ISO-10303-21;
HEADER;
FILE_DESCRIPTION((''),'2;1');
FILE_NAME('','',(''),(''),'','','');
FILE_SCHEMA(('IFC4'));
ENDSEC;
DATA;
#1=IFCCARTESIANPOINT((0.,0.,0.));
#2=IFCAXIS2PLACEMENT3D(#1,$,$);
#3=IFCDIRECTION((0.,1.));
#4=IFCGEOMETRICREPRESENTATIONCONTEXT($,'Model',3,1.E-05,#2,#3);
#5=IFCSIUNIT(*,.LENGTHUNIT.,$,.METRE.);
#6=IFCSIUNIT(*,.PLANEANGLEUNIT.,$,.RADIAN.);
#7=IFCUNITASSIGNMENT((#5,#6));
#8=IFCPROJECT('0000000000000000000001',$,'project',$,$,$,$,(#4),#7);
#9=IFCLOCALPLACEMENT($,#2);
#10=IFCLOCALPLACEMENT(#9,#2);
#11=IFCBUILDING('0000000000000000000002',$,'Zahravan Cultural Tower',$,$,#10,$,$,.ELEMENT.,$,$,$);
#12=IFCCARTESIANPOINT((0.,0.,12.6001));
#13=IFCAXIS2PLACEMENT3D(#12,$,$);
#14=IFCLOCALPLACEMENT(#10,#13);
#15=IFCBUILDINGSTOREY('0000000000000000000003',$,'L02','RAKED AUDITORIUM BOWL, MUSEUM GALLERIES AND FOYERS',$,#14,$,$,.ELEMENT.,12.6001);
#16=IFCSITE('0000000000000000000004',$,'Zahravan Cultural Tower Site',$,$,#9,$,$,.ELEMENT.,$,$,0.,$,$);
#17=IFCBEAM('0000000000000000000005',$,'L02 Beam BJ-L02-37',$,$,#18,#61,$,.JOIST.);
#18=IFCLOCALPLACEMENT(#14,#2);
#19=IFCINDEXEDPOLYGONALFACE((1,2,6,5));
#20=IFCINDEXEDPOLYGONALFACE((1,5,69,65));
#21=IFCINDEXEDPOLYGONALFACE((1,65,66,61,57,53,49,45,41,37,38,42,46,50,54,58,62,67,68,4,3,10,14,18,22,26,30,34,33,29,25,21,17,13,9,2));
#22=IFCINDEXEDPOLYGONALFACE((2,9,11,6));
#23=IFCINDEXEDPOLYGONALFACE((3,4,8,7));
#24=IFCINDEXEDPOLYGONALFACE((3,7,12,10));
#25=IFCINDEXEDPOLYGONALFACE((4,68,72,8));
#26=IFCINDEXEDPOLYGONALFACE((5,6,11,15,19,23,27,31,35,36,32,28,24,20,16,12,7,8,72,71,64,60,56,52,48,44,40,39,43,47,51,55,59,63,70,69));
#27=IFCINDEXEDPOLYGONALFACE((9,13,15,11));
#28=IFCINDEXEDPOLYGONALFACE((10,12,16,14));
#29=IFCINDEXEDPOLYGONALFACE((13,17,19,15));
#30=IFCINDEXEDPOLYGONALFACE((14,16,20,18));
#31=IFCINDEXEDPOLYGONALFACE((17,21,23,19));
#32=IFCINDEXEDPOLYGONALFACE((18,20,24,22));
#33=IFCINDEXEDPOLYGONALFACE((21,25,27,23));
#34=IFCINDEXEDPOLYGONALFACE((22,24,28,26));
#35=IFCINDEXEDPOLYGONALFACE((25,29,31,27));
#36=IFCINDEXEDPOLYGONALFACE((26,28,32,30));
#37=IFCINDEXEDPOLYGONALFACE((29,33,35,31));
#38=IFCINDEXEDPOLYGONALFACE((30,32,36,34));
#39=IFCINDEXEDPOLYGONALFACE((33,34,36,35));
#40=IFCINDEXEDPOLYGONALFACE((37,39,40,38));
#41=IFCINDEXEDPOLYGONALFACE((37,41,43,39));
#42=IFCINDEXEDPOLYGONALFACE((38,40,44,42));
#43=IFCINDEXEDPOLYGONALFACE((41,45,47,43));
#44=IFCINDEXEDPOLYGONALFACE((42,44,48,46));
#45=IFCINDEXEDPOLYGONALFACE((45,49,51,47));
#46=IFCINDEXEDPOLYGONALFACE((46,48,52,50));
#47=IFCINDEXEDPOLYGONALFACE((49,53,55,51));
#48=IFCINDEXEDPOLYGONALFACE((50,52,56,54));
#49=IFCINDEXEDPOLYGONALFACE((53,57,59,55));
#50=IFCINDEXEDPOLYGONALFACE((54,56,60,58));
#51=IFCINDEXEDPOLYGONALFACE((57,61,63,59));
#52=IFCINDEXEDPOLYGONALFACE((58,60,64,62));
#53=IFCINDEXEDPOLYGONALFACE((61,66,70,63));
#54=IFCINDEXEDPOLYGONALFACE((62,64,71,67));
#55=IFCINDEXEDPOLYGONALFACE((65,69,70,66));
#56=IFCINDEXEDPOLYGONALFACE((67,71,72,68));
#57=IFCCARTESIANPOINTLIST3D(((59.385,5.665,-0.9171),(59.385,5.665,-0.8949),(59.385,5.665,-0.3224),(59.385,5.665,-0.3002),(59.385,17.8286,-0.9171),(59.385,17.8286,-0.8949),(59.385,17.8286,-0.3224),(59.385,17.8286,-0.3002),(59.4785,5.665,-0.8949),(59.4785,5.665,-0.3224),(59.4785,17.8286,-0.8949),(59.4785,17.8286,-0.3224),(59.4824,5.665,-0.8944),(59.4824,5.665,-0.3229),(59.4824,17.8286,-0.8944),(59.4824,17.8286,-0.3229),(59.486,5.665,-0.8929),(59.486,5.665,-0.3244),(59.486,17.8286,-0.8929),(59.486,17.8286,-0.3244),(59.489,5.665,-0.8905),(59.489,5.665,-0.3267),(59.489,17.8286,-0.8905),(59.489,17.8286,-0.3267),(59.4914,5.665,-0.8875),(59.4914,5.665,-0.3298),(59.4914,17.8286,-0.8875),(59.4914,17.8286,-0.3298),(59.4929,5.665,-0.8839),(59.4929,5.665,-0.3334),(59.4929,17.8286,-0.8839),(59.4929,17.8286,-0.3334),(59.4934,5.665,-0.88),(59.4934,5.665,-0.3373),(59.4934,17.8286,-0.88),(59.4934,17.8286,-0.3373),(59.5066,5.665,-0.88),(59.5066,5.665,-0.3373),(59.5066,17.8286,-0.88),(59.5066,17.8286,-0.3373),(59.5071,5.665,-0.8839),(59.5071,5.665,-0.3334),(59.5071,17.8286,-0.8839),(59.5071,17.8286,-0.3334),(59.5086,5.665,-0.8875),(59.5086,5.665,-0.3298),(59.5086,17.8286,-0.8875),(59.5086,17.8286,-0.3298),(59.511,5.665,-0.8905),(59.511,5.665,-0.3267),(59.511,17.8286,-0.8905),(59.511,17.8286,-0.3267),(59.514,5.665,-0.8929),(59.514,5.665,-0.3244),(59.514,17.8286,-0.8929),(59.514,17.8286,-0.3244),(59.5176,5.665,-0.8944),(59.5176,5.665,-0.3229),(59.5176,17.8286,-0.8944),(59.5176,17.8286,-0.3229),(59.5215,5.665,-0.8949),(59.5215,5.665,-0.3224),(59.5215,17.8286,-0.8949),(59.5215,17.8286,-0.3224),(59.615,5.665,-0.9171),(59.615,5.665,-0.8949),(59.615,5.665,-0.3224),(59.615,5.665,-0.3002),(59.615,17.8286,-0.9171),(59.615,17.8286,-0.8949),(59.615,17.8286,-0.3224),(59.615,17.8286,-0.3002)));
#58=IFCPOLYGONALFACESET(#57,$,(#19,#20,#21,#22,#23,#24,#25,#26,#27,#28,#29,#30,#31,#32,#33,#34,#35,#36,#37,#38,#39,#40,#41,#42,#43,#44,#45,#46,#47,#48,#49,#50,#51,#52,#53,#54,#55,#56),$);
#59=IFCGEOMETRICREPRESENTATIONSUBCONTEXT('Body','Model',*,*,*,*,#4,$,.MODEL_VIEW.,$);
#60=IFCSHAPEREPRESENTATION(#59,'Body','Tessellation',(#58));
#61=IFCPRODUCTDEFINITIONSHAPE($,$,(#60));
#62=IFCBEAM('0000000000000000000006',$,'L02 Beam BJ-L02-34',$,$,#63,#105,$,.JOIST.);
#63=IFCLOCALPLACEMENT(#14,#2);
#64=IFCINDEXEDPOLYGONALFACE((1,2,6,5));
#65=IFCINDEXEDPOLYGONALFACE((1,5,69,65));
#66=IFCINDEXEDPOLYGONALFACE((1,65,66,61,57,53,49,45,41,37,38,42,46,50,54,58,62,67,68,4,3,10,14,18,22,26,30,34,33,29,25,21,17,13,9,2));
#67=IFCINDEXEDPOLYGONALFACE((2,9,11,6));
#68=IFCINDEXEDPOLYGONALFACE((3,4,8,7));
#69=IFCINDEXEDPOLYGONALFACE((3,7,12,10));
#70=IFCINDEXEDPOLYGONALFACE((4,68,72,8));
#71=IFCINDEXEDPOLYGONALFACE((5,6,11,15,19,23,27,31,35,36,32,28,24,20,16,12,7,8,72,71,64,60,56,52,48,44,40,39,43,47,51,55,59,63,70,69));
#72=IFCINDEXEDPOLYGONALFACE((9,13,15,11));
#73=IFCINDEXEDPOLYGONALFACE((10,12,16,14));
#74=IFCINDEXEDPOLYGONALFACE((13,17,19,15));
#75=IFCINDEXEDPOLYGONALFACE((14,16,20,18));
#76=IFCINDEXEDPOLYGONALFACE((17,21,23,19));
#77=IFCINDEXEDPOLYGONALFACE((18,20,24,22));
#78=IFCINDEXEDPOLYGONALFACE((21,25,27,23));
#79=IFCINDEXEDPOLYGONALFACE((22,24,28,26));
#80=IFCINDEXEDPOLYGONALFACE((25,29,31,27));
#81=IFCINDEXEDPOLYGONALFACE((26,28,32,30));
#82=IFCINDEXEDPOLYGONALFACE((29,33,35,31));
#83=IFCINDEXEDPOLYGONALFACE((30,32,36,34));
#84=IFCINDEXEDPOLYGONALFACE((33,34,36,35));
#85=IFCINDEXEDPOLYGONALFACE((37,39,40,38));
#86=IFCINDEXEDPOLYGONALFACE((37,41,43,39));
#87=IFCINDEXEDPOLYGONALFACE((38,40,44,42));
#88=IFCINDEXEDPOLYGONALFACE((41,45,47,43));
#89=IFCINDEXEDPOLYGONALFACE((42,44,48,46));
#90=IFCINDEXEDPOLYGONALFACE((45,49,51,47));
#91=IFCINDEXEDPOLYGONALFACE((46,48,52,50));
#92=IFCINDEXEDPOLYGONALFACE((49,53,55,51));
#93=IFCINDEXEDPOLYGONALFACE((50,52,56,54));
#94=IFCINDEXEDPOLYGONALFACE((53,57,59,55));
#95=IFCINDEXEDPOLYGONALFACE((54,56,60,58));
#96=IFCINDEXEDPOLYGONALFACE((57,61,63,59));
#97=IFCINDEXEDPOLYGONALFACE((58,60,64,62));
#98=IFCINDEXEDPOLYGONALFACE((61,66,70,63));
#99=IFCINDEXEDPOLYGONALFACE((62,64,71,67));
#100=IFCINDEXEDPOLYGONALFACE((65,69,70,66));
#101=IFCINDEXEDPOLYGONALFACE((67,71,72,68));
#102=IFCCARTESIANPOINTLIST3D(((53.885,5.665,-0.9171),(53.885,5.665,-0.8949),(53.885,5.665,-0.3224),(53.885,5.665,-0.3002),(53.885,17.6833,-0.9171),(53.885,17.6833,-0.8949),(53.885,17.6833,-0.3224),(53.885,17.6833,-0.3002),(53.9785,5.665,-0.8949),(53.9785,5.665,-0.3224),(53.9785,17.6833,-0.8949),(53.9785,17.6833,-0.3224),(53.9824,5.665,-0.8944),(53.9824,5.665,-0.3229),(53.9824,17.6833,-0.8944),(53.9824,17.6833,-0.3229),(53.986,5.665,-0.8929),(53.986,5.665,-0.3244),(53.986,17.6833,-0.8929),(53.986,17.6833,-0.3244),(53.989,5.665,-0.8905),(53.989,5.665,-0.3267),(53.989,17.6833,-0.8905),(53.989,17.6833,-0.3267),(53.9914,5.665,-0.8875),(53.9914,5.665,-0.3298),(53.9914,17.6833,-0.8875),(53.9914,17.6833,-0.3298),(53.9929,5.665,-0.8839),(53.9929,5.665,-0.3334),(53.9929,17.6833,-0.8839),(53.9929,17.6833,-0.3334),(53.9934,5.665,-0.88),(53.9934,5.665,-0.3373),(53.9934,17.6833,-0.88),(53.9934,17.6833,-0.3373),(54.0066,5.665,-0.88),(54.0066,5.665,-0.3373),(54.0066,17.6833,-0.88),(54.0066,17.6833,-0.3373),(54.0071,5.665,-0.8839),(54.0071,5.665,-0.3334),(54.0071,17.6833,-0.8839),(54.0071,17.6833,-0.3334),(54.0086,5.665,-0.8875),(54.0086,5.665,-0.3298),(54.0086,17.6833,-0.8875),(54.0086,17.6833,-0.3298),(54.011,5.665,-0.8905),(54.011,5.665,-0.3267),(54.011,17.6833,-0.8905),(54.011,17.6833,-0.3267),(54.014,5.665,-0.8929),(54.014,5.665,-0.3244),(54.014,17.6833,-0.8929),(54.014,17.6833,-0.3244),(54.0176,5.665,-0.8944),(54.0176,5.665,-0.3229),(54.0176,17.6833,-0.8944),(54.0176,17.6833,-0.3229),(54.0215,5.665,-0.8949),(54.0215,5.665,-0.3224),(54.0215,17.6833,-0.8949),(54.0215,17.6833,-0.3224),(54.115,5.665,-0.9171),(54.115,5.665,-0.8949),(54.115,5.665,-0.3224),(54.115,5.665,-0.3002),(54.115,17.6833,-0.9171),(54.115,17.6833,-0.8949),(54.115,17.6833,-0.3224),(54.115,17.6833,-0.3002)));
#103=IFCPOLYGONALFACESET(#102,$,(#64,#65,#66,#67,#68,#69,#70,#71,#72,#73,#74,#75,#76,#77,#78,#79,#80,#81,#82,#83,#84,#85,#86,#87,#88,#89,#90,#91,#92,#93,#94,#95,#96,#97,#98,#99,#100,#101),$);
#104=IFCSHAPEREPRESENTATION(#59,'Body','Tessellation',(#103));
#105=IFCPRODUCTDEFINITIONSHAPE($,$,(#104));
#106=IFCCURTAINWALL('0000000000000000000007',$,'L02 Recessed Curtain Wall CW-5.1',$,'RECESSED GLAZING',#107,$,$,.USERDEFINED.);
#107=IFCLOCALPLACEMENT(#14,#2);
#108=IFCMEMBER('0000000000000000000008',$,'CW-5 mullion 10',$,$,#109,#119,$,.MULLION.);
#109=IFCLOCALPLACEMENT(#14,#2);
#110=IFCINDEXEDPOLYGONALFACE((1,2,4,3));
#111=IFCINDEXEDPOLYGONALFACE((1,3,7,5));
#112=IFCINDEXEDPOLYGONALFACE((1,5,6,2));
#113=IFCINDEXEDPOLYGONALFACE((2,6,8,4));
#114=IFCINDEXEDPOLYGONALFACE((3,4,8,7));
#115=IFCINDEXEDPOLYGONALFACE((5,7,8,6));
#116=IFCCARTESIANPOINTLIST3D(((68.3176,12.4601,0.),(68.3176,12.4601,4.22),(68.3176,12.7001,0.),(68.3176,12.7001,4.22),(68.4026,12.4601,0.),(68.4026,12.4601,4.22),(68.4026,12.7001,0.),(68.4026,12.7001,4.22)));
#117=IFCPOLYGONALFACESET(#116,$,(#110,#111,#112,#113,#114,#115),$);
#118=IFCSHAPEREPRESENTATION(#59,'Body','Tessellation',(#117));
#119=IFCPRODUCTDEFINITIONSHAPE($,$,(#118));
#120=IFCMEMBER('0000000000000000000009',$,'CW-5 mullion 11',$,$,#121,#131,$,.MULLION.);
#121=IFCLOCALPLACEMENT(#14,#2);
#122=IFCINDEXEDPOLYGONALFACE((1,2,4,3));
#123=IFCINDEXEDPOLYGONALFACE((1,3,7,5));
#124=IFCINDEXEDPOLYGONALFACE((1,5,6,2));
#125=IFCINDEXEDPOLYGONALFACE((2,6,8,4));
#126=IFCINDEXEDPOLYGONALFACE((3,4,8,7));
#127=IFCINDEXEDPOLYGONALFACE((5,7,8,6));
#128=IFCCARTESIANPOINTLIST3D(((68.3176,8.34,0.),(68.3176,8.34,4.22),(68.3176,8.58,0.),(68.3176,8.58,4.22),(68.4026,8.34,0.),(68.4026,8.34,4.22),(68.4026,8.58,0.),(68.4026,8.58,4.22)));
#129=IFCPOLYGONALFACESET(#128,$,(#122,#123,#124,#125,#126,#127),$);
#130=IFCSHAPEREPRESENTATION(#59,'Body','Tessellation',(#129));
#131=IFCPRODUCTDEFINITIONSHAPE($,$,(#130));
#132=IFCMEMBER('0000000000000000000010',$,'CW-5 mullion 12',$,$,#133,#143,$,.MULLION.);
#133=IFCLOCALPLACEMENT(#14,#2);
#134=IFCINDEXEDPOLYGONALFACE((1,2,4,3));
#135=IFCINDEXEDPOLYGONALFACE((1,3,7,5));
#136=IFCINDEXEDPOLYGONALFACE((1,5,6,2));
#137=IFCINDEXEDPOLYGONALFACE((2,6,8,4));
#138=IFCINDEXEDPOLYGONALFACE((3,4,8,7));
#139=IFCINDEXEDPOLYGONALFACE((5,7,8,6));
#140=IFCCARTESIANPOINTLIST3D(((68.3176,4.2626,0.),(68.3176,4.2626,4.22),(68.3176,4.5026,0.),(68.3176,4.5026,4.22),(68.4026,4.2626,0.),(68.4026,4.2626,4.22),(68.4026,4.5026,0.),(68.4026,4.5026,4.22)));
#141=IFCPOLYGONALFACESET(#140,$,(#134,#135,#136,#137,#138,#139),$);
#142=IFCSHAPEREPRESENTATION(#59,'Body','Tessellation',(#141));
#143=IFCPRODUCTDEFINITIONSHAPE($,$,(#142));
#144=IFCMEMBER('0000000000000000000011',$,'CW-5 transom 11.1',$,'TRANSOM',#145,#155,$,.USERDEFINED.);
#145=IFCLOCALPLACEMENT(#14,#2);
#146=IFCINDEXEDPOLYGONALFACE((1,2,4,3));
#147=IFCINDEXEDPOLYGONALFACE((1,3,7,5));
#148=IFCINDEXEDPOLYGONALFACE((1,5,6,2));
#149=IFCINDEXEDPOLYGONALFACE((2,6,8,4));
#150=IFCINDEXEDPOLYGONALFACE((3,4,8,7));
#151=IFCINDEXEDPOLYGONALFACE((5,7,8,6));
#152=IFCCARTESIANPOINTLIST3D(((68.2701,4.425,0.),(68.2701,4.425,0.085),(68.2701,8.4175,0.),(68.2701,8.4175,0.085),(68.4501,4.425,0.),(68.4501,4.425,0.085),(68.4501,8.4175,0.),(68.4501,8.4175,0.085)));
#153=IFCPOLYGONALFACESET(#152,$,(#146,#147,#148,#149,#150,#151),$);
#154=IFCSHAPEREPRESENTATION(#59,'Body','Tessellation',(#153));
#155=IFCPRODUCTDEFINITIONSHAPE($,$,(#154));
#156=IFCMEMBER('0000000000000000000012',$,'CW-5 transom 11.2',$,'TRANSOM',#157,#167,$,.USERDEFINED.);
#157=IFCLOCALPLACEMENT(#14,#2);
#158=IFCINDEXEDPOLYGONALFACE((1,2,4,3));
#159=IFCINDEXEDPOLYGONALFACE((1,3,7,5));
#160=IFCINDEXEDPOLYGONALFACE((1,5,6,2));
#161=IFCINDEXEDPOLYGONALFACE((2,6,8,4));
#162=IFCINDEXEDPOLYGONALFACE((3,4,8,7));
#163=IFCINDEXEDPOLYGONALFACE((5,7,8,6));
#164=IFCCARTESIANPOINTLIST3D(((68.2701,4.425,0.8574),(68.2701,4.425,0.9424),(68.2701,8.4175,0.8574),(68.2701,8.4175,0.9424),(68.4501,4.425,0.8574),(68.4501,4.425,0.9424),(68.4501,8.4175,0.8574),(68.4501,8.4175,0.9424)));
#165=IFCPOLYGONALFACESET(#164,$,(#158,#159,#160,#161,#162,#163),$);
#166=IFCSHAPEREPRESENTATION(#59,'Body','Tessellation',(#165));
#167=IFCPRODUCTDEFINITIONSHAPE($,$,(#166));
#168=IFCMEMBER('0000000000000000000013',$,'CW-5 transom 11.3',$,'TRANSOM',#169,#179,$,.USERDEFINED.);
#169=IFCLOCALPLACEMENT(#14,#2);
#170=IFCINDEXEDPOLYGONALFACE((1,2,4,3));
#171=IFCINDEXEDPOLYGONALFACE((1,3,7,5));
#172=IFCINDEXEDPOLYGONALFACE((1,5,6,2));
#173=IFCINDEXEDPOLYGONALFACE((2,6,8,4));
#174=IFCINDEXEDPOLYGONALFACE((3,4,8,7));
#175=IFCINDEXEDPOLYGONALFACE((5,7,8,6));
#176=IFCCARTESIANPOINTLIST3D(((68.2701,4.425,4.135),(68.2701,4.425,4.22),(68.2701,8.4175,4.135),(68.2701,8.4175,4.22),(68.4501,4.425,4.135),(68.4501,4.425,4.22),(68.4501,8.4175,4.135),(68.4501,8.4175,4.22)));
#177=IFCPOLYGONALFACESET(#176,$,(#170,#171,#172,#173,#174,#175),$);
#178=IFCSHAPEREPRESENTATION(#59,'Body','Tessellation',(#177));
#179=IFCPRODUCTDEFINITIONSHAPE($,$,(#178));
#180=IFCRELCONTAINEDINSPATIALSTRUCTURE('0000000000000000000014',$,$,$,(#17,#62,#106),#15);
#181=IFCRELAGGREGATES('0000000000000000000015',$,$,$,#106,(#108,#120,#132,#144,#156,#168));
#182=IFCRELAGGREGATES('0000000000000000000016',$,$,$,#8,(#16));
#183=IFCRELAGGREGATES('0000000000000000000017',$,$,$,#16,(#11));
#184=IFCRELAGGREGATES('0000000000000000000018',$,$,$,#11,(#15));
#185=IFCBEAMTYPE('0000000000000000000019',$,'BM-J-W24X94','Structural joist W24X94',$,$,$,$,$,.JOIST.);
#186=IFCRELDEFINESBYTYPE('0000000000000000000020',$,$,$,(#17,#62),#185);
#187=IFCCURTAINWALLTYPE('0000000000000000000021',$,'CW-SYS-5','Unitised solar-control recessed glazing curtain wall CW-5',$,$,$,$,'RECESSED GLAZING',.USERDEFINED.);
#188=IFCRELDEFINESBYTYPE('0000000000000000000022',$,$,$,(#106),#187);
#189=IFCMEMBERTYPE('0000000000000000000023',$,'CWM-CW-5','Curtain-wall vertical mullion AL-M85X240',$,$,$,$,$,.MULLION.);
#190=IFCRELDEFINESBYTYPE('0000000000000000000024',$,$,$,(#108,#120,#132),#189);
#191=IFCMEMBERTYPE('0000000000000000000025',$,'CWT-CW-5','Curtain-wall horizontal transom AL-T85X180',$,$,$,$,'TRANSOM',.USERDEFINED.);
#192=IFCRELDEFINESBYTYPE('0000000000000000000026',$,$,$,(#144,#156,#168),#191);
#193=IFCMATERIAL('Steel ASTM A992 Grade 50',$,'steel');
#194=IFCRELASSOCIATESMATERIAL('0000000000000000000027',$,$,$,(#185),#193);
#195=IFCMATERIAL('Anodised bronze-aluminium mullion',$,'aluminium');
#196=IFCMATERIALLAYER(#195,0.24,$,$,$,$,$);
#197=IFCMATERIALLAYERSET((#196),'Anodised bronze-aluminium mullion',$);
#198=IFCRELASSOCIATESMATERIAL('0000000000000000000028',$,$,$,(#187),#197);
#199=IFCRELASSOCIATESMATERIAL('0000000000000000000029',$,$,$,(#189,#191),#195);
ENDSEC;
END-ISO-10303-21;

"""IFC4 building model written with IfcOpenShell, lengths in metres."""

from ifc_helpers import new_model, si_unit, direction, frame, origin, origin_2d, place, context, subcontext, project, spatial, rectangle, i_section, extrude, source, transform, mapped, material, layer, layer_set, material_profile, profile_set, type_object, element, aggregate, save


model = new_model("IFC4")

# Units and contexts
model_context = context("Model", 3, precision=1e-05, world=origin(), true_north=direction((0.0, 1.0)))
body_context = subcontext(model_context, "Body", "Model", "MODEL_VIEW")
ifc_project = project(units=[si_unit("LENGTHUNIT", "METRE"), si_unit("PLANEANGLEUNIT", "RADIAN")], contexts=[model_context])

# Site, building, storey
site_placement = place(None, origin())
site = spatial("IfcSite", under=ifc_project, at=site_placement, Name="Zahravan Cultural Tower Site", CompositionType="ELEMENT", RefElevation=0.0)
building_placement = place(site_placement, origin())
building = spatial("IfcBuilding", under=site, at=building_placement, Name="Zahravan Cultural Tower", CompositionType="ELEMENT")
storey_placement = place(building_placement, frame((0.0, 0.0, 12.6001)))
storey = spatial("IfcBuildingStorey", under=building, at=storey_placement, Name="L02", Description="RAKED AUDITORIUM BOWL, MUSEUM GALLERIES AND FOYERS", CompositionType="ELEMENT", Elevation=12.6001)

# Beams
ifc_material_1 = material(Name="Steel ASTM A992 Grade 50", Category="steel")
ifc_material_profile_1 = material_profile(ifc_material_1, i_section(OverallWidth=0.23, OverallDepth=0.6169, WebThickness=0.0132, FlangeThickness=0.0222, FilletRadius=0.0149, at=origin_2d()), Name="W24X94")
ifc_profile_set_1 = profile_set([ifc_material_profile_1], Name="Steel ASTM A992 Grade 50")
beam_type_1 = type_object("IfcBeamType", Name="BM-J-W24X94", Description="Structural joist W24X94", PredefinedType="JOIST", material=ifc_profile_set_1)
shared_shape_1 = source(origin(), body_context, "Body", "SweptSolid", [
    extrude(i_section(OverallWidth=0.23, OverallDepth=0.6169, WebThickness=0.0132, FlangeThickness=0.0222, FilletRadius=0.0149, at=origin_2d()), origin(), (0.0, 0.0, 1.0), 12.1636),
])
beam_1_placement = place(storey_placement, frame((59.5, 5.665, -0.6086), z_axis=(0.0, 1.0, 0.0), x_axis=(-1.0, 0.0, 0.0)))
element("IfcBeam", 1, at=beam_1_placement, inside=storey, type_object=beam_type_1, Name="L02 Beam BJ-L02-37", PredefinedType="JOIST", context=body_context, shape_type="MappedRepresentation", body=[
    mapped(shared_shape_1, transform((0.0, 0.0, 0.0), x_axis=(1.0, 0.0, 0.0), y_axis=(0.0, 1.0, 0.0), z_axis=(0.0, 0.0, 1.0), scale=1.0)),
])
shared_shape_2 = source(origin(), body_context, "Body", "SweptSolid", [
    extrude(i_section(OverallWidth=0.23, OverallDepth=0.6169, WebThickness=0.0132, FlangeThickness=0.0222, FilletRadius=0.0149, at=origin_2d()), origin(), (0.0, 0.0, 1.0), 12.0183),
])
beam_2_placement = place(storey_placement, frame((54.0, 5.665, -0.6086), z_axis=(0.0, 1.0, 0.0), x_axis=(-1.0, 0.0, 0.0)))
element("IfcBeam", 2, at=beam_2_placement, inside=storey, type_object=beam_type_1, Name="L02 Beam BJ-L02-34", PredefinedType="JOIST", context=body_context, shape_type="MappedRepresentation", body=[
    mapped(shared_shape_2, transform((0.0, 0.0, 0.0), x_axis=(1.0, 0.0, 0.0), y_axis=(0.0, 1.0, 0.0), z_axis=(0.0, 0.0, 1.0), scale=1.0)),
])

# Curtain wall, members
ifc_material_2 = material(Name="Anodised bronze-aluminium mullion", Category="aluminium")
ifc_layer_1 = layer(ifc_material_2, 0.24)
ifc_layer_set_1 = layer_set([ifc_layer_1], Name="Anodised bronze-aluminium mullion")
curtain_wall_type = type_object("IfcCurtainWallType", Name="CW-SYS-5", Description="Unitised solar-control recessed glazing curtain wall CW-5", ElementType="RECESSED GLAZING", PredefinedType="USERDEFINED", material=ifc_layer_set_1)
curtain_wall_placement = place(storey_placement, origin())
curtain_wall = element("IfcCurtainWall", 3, at=curtain_wall_placement, inside=storey, type_object=curtain_wall_type, Name="L02 Recessed Curtain Wall CW-5.1", ObjectType="RECESSED GLAZING", PredefinedType="USERDEFINED")
ifc_material_profile_2 = material_profile(ifc_material_2, rectangle(XDim=0.085, YDim=0.24, at=origin_2d()), Name="AL-M85X240")
ifc_profile_set_2 = profile_set([ifc_material_profile_2], Name="Anodised bronze-aluminium mullion")
member_type_1 = type_object("IfcMemberType", Name="CWM-CW-5", Description="Curtain-wall vertical mullion AL-M85X240", PredefinedType="MULLION", material=ifc_profile_set_2)
shared_shape_3 = source(origin(), body_context, "Body", "SweptSolid", [
    extrude(rectangle(XDim=0.085, YDim=0.24, at=origin_2d()), origin(), (0.0, 0.0, 1.0), 4.22),
])
member_1_placement = place(storey_placement, frame((68.3601, 12.5801, 0.0), z_axis=(0.0, 0.0, 1.0), x_axis=(1.0, 0.0, 0.0)))
member_1 = element("IfcMember", 4, at=member_1_placement, type_object=member_type_1, Name="CW-5 mullion 10", PredefinedType="MULLION", context=body_context, shape_type="MappedRepresentation", body=[
    mapped(shared_shape_3, transform((0.0, 0.0, 0.0), x_axis=(1.0, 0.0, 0.0), y_axis=(0.0, 1.0, 0.0), z_axis=(0.0, 0.0, 1.0), scale=1.0)),
])
member_2_placement = place(storey_placement, frame((68.3601, 8.46, 0.0), z_axis=(0.0, 0.0, 1.0), x_axis=(1.0, 0.0, 0.0)))
member_2 = element("IfcMember", 5, at=member_2_placement, type_object=member_type_1, Name="CW-5 mullion 11", PredefinedType="MULLION", context=body_context, shape_type="MappedRepresentation", body=[
    mapped(shared_shape_3, transform((0.0, 0.0, 0.0), x_axis=(1.0, 0.0, 0.0), y_axis=(0.0, 1.0, 0.0), z_axis=(0.0, 0.0, 1.0), scale=1.0)),
])
member_3_placement = place(storey_placement, frame((68.3601, 4.3826, 0.0), z_axis=(0.0, 0.0, 1.0), x_axis=(1.0, 0.0, 0.0)))
member_3 = element("IfcMember", 6, at=member_3_placement, type_object=member_type_1, Name="CW-5 mullion 12", PredefinedType="MULLION", context=body_context, shape_type="MappedRepresentation", body=[
    mapped(shared_shape_3, transform((0.0, 0.0, 0.0), x_axis=(1.0, 0.0, 0.0), y_axis=(0.0, 1.0, 0.0), z_axis=(0.0, 0.0, 1.0), scale=1.0)),
])
ifc_material_profile_3 = material_profile(ifc_material_2, rectangle(XDim=0.1799, YDim=0.085, at=origin_2d()), Name="AL-T85X180")
ifc_profile_set_3 = profile_set([ifc_material_profile_3], Name="Anodised bronze-aluminium mullion")
member_type_2 = type_object("IfcMemberType", Name="CWT-CW-5", Description="Curtain-wall horizontal transom AL-T85X180", ElementType="TRANSOM", PredefinedType="USERDEFINED", material=ifc_profile_set_3)
shared_shape_4 = source(origin(), body_context, "Body", "SweptSolid", [
    extrude(rectangle(XDim=0.1799, YDim=0.085, at=origin_2d()), origin(), (0.0, 0.0, 1.0), 3.9924),
])
member_4_placement = place(storey_placement, frame((68.3601, 8.4175, 0.0425), z_axis=(0.0, -1.0, 0.0), x_axis=(1.0, 0.0, 0.0)))
member_4 = element("IfcMember", 7, at=member_4_placement, type_object=member_type_2, Name="CW-5 transom 11.1", ObjectType="TRANSOM", PredefinedType="USERDEFINED", context=body_context, shape_type="MappedRepresentation", body=[
    mapped(shared_shape_4, transform((0.0, 0.0, 0.0), x_axis=(1.0, 0.0, 0.0), y_axis=(0.0, 1.0, 0.0), z_axis=(0.0, 0.0, 1.0), scale=1.0)),
])
member_5_placement = place(storey_placement, frame((68.3601, 8.4175, 0.8999), z_axis=(0.0, -1.0, 0.0), x_axis=(1.0, 0.0, 0.0)))
member_5 = element("IfcMember", 8, at=member_5_placement, type_object=member_type_2, Name="CW-5 transom 11.2", ObjectType="TRANSOM", PredefinedType="USERDEFINED", context=body_context, shape_type="MappedRepresentation", body=[
    mapped(shared_shape_4, transform((0.0, 0.0, 0.0), x_axis=(1.0, 0.0, 0.0), y_axis=(0.0, 1.0, 0.0), z_axis=(0.0, 0.0, 1.0), scale=1.0)),
])
member_6_placement = place(storey_placement, frame((68.3601, 8.4175, 4.1775), z_axis=(0.0, -1.0, 0.0), x_axis=(1.0, 0.0, 0.0)))
member_6 = element("IfcMember", 9, at=member_6_placement, type_object=member_type_2, Name="CW-5 transom 11.3", ObjectType="TRANSOM", PredefinedType="USERDEFINED", context=body_context, shape_type="MappedRepresentation", body=[
    mapped(shared_shape_4, transform((0.0, 0.0, 0.0), x_axis=(1.0, 0.0, 0.0), y_axis=(0.0, 1.0, 0.0), z_axis=(0.0, 0.0, 1.0), scale=1.0)),
])
aggregate(curtain_wall, [member_1, member_2, member_3, member_4, member_5, member_6])

save(model, "model.ifc")
